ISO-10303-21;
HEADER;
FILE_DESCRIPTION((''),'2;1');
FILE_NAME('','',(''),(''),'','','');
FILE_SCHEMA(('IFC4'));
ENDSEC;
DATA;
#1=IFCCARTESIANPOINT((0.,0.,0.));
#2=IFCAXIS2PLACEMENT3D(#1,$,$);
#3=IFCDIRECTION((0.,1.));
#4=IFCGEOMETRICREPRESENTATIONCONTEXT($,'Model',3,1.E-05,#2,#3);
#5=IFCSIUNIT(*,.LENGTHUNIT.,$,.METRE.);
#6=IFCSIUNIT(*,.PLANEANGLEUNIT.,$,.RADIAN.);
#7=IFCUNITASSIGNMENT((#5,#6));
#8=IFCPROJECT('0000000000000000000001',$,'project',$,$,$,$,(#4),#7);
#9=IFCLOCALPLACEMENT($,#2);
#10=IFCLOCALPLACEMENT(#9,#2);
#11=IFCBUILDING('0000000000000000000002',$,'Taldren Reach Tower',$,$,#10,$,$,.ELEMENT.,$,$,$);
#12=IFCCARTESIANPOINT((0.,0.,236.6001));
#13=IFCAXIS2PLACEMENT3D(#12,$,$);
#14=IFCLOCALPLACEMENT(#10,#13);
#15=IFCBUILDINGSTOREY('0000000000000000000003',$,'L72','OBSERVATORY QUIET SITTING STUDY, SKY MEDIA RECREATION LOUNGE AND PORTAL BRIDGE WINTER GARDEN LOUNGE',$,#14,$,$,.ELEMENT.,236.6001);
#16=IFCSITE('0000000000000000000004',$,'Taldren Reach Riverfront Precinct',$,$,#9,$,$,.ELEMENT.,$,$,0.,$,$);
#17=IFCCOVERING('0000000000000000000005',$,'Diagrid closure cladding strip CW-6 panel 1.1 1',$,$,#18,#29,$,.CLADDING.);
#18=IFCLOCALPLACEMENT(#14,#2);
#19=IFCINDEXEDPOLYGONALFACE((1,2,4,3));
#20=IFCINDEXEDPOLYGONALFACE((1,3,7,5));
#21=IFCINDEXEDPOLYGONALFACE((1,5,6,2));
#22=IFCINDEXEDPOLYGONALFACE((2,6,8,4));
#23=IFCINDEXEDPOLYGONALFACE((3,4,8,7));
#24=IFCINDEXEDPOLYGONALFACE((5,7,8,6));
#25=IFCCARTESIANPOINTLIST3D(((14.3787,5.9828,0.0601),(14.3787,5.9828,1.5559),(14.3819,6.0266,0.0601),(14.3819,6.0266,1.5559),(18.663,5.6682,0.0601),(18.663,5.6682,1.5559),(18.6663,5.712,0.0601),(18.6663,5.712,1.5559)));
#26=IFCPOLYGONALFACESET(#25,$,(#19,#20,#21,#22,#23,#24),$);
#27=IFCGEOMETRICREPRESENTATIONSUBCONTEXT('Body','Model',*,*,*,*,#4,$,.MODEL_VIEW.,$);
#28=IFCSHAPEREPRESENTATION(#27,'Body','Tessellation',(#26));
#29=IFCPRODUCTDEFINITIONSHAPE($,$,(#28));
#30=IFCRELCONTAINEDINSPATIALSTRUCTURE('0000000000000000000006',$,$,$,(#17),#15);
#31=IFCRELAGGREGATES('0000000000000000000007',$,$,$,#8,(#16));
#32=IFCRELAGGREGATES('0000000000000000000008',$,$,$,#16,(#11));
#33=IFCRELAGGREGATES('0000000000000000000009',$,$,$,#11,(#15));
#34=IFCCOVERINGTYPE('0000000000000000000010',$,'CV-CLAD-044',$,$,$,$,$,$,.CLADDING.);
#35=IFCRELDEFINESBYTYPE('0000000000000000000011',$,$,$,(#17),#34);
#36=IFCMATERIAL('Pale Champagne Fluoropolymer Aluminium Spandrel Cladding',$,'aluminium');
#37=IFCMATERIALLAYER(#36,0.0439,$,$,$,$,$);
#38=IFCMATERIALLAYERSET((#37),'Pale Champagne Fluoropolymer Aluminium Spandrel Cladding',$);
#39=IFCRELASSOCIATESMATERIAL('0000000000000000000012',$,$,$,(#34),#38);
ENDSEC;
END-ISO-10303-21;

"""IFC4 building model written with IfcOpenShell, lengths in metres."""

from ifc_helpers import new_model, si_unit, direction, frame, origin, origin_2d, place, context, subcontext, project, spatial, rectangle, extrude, source, transform, mapped, material, layer, layer_set, type_object, element, save


model = new_model("IFC4")

# Units and contexts
model_context = context("Model", 3, precision=1e-05, world=origin(), true_north=direction((0.0, 1.0)))
body_context = subcontext(model_context, "Body", "Model", "MODEL_VIEW")
ifc_project = project(units=[si_unit("LENGTHUNIT", "METRE"), si_unit("PLANEANGLEUNIT", "RADIAN")], contexts=[model_context])

# Site, building, storey
site_placement = place(None, origin())
site = spatial("IfcSite", under=ifc_project, at=site_placement, Name="Taldren Reach Riverfront Precinct", CompositionType="ELEMENT", RefElevation=0.0)
building_placement = place(site_placement, origin())
building = spatial("IfcBuilding", under=site, at=building_placement, Name="Taldren Reach Tower", CompositionType="ELEMENT")
storey_placement = place(building_placement, frame((0.0, 0.0, 236.6001)))
storey = spatial("IfcBuildingStorey", under=building, at=storey_placement, Name="L72", Description="OBSERVATORY QUIET SITTING STUDY, SKY MEDIA RECREATION LOUNGE AND PORTAL BRIDGE WINTER GARDEN LOUNGE", CompositionType="ELEMENT", Elevation=236.6001)

# Covering
ifc_material_1 = material(Name="Pale Champagne Fluoropolymer Aluminium Spandrel Cladding", Category="aluminium")
ifc_layer_1 = layer(ifc_material_1, 0.0439)
ifc_layer_set_1 = layer_set([ifc_layer_1], Name="Pale Champagne Fluoropolymer Aluminium Spandrel Cladding")
covering_type = type_object("IfcCoveringType", Name="CV-CLAD-044", PredefinedType="CLADDING", material=ifc_layer_set_1)
shared_shape_1 = source(origin(), body_context, "Body", "SweptSolid", [
    extrude(rectangle(XDim=4.2959, YDim=0.0439, at=origin_2d()), origin(), (0.0, 0.0, 1.0), 1.4958),
])
covering_placement = place(storey_placement, frame((16.5225, 5.8474, 0.0601), z_axis=(0.0, 0.0, 1.0), x_axis=(0.997314, -0.073238, 0.0)))
element("IfcCovering", 1, at=covering_placement, inside=storey, type_object=covering_type, Name="Diagrid closure cladding strip CW-6 panel 1.1 1", PredefinedType="CLADDING", context=body_context, shape_type="MappedRepresentation", body=[
    mapped(shared_shape_1, transform((0.0, 0.0, 0.0), scale=1.0)),
])

save(model, "model.ifc")
